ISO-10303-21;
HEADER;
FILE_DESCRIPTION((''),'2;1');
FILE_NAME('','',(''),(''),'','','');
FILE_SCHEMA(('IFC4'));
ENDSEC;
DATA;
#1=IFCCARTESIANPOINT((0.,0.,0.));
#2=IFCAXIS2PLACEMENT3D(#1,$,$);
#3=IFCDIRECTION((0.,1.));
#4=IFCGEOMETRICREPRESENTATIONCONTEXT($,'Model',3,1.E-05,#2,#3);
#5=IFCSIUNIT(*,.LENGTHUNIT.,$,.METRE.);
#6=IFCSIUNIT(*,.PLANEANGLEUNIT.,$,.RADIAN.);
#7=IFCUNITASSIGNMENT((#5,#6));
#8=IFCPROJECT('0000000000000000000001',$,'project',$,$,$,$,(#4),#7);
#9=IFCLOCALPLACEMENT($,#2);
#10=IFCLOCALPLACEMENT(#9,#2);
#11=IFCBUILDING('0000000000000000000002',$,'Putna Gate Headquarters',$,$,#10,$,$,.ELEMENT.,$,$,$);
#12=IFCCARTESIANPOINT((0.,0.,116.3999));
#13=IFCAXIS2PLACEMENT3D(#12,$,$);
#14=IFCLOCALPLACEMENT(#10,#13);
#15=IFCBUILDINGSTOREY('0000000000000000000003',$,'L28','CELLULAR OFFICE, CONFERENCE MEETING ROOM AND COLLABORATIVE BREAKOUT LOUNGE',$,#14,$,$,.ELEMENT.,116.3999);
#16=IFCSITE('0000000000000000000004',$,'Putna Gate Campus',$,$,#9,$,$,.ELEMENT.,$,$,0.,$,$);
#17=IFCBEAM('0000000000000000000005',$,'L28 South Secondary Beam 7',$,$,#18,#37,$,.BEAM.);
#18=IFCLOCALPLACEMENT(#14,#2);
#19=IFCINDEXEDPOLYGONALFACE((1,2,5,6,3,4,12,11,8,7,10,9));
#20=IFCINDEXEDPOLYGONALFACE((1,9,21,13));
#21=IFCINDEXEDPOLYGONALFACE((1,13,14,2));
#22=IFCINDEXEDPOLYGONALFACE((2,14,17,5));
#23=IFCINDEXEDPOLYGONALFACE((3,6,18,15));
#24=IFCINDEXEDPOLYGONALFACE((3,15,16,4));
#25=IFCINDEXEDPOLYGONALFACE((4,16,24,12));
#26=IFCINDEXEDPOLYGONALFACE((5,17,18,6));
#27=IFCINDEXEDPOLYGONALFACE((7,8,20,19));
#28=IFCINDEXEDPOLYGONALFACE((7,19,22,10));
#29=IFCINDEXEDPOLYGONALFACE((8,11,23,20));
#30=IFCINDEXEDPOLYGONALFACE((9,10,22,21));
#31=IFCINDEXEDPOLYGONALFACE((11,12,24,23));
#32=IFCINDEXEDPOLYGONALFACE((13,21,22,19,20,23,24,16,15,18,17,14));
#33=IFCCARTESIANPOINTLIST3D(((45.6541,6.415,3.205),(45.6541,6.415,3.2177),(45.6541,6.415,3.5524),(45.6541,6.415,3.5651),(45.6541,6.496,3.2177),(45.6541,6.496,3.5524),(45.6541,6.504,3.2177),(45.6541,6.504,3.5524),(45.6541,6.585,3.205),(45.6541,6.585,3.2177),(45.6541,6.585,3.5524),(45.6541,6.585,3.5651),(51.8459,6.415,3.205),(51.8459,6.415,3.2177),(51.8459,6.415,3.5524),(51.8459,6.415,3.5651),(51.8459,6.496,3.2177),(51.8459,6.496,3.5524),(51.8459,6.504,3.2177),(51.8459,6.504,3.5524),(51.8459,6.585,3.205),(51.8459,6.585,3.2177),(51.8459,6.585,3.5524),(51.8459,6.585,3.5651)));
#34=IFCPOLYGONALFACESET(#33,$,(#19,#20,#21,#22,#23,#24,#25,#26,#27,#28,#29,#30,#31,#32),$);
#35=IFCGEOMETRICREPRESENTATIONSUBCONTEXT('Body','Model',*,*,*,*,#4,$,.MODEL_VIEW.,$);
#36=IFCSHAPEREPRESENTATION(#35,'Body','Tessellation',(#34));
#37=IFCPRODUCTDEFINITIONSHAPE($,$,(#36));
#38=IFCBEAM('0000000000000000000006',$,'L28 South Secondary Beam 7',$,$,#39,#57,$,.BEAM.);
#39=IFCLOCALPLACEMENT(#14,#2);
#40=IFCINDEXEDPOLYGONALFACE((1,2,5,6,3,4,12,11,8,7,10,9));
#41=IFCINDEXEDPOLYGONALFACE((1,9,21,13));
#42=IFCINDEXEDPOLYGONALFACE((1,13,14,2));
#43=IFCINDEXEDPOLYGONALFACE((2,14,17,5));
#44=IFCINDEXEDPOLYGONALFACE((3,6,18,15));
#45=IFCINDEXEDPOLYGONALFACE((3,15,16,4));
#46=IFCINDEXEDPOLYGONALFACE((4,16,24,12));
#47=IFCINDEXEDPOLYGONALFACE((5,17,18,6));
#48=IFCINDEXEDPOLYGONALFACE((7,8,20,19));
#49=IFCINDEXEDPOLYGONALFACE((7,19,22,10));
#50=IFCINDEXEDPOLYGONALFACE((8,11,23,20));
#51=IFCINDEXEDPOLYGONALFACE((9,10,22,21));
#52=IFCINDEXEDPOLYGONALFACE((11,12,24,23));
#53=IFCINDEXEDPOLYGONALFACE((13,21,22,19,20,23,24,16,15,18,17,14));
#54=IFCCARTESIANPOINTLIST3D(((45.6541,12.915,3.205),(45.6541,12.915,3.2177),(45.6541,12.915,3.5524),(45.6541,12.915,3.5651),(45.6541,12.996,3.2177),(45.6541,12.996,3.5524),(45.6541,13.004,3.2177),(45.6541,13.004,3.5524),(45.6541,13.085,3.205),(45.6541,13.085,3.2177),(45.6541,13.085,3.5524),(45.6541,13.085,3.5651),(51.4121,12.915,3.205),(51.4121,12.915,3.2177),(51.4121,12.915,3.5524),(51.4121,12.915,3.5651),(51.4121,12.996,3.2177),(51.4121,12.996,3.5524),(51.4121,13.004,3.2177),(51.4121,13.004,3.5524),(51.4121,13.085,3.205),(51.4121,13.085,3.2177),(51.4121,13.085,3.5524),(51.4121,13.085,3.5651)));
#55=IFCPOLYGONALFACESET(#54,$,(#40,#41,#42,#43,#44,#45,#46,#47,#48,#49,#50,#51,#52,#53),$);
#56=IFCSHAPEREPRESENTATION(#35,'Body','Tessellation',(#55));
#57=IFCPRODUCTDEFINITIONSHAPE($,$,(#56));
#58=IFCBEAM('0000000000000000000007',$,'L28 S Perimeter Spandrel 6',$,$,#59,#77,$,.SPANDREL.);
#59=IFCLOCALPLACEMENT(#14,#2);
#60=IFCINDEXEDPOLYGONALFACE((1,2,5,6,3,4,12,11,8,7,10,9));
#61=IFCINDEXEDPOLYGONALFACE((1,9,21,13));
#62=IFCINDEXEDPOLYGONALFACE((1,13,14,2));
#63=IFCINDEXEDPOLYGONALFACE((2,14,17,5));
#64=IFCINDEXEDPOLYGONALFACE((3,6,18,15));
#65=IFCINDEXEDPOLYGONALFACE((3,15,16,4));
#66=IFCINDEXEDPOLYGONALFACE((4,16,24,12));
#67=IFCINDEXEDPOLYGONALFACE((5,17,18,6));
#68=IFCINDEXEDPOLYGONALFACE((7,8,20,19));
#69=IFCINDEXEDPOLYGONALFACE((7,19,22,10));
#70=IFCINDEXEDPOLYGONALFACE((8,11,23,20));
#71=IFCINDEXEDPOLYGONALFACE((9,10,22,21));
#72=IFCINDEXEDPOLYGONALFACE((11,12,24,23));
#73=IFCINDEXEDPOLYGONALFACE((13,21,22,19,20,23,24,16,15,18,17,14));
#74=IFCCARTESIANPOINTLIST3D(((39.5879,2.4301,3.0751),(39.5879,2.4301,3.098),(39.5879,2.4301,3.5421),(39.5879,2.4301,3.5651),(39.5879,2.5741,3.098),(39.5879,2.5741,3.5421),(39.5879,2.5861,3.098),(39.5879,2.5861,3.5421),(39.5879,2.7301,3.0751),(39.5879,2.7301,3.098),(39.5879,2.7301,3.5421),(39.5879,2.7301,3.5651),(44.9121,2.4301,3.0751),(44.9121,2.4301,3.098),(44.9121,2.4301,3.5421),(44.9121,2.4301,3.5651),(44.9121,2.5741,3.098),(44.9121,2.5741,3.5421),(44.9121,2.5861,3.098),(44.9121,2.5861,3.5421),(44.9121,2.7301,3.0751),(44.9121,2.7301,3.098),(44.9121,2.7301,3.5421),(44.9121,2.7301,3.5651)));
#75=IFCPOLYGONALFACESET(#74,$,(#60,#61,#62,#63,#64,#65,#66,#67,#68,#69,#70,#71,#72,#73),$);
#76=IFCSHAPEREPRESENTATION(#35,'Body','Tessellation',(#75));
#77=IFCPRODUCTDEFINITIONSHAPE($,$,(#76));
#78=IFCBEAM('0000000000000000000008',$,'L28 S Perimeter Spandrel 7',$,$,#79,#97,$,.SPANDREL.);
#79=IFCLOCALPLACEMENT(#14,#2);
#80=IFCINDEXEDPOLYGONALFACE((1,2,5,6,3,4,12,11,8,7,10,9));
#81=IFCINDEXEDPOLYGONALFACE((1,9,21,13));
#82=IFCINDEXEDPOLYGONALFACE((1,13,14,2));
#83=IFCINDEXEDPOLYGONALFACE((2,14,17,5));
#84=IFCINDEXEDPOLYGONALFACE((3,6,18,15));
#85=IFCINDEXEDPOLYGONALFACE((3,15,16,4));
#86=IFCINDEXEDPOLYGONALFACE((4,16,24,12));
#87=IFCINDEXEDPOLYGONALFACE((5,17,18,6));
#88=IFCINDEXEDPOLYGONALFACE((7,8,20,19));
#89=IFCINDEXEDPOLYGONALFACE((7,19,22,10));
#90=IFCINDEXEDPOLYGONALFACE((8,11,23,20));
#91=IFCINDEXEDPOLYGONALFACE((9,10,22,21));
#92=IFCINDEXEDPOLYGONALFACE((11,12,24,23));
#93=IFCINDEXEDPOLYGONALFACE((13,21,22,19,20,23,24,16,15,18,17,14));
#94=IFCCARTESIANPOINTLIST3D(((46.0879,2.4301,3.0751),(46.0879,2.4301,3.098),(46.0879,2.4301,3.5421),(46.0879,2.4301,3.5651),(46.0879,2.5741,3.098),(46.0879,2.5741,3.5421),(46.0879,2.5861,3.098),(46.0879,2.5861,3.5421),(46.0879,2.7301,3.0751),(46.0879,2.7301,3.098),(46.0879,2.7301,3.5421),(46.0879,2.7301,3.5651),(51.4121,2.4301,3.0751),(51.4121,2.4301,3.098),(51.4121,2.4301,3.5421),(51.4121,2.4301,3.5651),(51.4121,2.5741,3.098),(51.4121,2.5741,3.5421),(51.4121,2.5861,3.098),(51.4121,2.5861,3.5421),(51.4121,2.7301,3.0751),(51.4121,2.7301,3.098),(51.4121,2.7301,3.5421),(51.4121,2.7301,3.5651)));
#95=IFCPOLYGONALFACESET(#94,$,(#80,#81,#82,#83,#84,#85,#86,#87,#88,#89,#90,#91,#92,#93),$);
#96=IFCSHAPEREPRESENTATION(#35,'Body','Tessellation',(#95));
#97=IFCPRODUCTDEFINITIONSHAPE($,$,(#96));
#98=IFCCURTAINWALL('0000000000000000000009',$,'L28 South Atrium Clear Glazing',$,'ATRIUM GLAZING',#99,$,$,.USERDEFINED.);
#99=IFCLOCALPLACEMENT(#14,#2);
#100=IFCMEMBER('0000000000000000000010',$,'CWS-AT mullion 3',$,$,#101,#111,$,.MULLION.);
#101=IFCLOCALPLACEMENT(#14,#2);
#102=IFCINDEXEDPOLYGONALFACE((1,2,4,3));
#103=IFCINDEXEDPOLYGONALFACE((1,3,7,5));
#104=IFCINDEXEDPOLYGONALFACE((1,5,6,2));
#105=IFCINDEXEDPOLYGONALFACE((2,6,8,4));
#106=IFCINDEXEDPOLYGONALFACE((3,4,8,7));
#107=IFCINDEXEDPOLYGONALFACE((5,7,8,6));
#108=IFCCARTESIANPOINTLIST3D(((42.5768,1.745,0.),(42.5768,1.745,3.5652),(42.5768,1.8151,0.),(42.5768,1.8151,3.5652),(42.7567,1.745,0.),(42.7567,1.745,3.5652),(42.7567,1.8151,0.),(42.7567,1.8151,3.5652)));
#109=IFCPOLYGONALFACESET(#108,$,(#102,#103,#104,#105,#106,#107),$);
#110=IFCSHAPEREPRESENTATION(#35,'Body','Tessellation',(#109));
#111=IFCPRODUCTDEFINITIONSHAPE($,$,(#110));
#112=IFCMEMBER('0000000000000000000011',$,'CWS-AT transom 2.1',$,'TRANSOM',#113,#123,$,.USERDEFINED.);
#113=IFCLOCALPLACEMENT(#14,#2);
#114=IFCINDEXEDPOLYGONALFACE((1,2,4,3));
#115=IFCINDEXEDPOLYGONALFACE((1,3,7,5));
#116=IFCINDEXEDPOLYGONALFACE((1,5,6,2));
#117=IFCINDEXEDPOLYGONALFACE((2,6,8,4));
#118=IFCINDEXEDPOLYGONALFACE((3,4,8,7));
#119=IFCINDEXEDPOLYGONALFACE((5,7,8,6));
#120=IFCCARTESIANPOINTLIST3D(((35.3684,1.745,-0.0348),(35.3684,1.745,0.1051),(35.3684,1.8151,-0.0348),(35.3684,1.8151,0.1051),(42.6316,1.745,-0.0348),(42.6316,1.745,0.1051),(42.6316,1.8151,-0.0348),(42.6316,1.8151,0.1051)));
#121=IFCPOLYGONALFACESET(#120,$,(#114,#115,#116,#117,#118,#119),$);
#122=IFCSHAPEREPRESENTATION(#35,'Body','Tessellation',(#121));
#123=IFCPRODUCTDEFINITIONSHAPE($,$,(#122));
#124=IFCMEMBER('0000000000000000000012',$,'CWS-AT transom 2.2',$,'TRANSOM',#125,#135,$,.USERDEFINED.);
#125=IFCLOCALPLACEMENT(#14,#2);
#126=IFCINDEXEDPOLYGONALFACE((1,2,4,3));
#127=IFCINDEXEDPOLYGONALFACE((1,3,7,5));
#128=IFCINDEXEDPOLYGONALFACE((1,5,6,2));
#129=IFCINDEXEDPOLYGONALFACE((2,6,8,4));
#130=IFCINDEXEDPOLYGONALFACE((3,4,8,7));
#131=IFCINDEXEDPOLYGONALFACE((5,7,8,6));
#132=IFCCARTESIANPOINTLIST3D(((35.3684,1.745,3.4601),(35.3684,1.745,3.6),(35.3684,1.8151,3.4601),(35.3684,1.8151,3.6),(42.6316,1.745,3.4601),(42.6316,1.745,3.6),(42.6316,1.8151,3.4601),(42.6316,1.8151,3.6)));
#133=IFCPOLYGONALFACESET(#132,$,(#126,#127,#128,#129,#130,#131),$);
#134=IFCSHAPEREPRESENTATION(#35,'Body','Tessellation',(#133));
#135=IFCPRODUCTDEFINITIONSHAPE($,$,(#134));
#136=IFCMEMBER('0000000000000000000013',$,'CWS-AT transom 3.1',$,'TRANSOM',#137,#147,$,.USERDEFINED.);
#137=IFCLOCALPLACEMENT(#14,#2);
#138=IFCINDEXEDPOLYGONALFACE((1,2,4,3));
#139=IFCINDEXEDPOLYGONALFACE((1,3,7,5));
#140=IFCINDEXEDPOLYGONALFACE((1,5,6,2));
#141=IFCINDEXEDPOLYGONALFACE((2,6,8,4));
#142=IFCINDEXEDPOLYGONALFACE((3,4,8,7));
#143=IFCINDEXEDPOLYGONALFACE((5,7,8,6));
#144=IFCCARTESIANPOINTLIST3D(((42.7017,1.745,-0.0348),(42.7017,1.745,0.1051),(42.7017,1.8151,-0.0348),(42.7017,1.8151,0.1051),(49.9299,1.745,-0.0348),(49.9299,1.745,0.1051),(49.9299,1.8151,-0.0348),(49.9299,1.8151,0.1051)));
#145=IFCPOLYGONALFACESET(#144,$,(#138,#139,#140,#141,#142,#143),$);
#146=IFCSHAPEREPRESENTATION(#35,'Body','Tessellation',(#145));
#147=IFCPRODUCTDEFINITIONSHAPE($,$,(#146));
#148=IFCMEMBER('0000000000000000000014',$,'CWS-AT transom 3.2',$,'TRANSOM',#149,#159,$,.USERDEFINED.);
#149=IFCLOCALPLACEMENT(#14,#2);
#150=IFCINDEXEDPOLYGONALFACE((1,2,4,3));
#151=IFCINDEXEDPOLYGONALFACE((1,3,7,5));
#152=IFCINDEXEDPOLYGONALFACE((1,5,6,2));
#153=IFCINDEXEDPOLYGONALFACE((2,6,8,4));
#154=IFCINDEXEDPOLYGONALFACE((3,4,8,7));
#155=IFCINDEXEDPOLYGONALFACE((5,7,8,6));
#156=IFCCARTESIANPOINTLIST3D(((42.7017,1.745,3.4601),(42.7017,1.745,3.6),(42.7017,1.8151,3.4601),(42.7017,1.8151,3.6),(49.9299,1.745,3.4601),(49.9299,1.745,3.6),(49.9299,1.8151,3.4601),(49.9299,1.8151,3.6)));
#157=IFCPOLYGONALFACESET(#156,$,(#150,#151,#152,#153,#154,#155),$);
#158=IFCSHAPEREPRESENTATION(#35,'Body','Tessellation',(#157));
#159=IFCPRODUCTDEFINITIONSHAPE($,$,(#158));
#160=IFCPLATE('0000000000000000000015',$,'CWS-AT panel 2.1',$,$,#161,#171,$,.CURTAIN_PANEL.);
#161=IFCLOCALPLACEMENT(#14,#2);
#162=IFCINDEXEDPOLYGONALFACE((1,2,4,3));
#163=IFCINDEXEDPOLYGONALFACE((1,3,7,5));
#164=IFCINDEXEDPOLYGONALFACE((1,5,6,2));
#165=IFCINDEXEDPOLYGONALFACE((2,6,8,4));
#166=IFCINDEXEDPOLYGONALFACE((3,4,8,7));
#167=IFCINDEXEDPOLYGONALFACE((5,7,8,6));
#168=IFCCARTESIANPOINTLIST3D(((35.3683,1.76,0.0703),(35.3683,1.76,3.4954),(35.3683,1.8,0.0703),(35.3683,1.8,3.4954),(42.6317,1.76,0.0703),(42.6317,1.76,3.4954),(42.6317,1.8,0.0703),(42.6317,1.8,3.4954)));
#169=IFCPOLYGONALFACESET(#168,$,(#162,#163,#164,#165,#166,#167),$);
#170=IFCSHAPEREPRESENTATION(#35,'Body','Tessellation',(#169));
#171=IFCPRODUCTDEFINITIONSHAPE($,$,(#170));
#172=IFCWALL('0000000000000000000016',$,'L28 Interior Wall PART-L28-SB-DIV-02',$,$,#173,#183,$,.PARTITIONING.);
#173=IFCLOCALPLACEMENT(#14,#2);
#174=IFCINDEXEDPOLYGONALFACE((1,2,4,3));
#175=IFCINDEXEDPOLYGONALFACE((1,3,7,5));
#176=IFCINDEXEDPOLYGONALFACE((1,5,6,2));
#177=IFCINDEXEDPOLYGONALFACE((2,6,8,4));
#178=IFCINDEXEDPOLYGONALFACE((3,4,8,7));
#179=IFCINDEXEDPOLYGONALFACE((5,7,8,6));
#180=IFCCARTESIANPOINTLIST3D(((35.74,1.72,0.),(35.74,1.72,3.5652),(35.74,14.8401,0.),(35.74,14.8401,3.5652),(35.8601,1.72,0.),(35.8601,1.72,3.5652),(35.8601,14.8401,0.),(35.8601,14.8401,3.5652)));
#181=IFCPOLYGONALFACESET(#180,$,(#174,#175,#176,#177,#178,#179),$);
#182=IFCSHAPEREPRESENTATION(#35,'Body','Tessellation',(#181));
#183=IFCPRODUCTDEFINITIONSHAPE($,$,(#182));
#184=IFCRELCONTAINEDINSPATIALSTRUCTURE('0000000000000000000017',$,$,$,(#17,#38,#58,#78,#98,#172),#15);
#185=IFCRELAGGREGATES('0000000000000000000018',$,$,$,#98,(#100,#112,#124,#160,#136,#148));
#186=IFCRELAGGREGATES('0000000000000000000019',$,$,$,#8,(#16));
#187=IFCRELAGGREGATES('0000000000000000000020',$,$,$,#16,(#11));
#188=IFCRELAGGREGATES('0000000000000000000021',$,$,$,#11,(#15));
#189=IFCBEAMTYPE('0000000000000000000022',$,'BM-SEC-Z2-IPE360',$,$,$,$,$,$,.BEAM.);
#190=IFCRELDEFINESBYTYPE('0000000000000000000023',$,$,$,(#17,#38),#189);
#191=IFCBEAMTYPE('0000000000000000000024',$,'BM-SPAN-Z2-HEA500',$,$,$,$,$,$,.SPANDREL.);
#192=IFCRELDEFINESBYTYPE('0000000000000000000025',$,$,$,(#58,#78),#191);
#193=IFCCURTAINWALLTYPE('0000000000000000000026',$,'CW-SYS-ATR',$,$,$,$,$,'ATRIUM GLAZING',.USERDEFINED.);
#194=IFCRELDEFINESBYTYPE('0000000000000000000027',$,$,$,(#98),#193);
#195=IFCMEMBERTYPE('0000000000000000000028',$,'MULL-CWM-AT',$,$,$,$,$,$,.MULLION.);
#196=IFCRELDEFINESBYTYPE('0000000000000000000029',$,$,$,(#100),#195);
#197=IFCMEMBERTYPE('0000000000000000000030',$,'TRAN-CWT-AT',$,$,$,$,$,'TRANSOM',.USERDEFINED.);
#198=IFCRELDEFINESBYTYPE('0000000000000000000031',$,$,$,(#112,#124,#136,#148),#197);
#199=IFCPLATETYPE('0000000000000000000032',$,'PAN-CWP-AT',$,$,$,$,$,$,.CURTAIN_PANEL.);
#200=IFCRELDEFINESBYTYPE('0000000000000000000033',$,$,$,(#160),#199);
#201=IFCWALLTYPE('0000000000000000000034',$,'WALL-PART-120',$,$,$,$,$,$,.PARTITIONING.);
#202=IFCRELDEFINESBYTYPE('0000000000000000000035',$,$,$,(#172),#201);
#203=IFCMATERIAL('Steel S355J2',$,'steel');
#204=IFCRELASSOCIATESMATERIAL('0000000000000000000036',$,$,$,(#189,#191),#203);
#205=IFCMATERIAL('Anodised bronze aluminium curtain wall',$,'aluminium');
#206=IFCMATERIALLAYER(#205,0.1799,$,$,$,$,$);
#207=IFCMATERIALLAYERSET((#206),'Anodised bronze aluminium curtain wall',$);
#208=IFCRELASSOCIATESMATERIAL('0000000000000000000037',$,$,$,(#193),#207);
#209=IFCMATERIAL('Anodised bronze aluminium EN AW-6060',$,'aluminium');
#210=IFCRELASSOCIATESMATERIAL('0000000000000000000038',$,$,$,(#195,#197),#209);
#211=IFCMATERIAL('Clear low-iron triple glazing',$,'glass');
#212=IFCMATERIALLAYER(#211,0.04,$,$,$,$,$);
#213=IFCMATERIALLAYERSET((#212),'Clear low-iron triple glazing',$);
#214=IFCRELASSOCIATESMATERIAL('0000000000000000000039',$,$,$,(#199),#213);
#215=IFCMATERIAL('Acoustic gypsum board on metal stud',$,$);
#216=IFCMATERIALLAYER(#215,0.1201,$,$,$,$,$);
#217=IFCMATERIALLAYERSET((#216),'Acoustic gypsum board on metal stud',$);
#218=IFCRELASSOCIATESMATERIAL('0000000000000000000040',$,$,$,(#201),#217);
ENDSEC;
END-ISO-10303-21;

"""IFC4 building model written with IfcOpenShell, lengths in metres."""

from ifc_helpers import new_model, si_unit, direction, frame, frame_2d, origin, origin_2d, place, context, subcontext, project, spatial, rectangle, i_section, extrude, material, layer, layer_set, material_profile, profile_set, type_object, element, aggregate, save


model = new_model("IFC4")

# Units and contexts
model_context = context("Model", 3, precision=1e-05, world=origin(), true_north=direction((0.0, 1.0)))
body_context = subcontext(model_context, "Body", "Model", "MODEL_VIEW")
ifc_project = project(units=[si_unit("LENGTHUNIT", "METRE"), si_unit("PLANEANGLEUNIT", "RADIAN")], contexts=[model_context])

# Site, building, storey
site_placement = place(None, origin())
site = spatial("IfcSite", under=ifc_project, at=site_placement, Name="Putna Gate Campus", CompositionType="ELEMENT", RefElevation=0.0)
building_placement = place(site_placement, origin())
building = spatial("IfcBuilding", under=site, at=building_placement, Name="Putna Gate Headquarters", CompositionType="ELEMENT")
storey_placement = place(building_placement, frame((0.0, 0.0, 116.3999)))
storey = spatial("IfcBuildingStorey", under=building, at=storey_placement, Name="L28", Description="CELLULAR OFFICE, CONFERENCE MEETING ROOM AND COLLABORATIVE BREAKOUT LOUNGE", CompositionType="ELEMENT", Elevation=116.3999)

# Beams
ifc_material_1 = material(Name="Steel S355J2", Category="steel")
ifc_material_profile_1 = material_profile(ifc_material_1, i_section(OverallWidth=0.1699, OverallDepth=0.3601, WebThickness=0.0081, FlangeThickness=0.0127, at=origin_2d()), Name="Steel S355J2")
ifc_profile_set_1 = profile_set([ifc_material_profile_1], Name="Steel S355J2")
beam_type_1 = type_object("IfcBeamType", Name="BM-SEC-Z2-IPE360", PredefinedType="BEAM", material=ifc_profile_set_1)
for number, where, z_axis, x_axis, name in (
    (1, (45.6541, 6.5, 3.385), (1.0, 0.0, 0.0), (0.0, 1.0, 0.0), "L28 South Secondary Beam 7"),
):
    element("IfcBeam", number, at=place(storey_placement, frame(where, z_axis=z_axis, x_axis=x_axis)), inside=storey, type_object=beam_type_1, Name=name, PredefinedType="BEAM", context=body_context, shape_type="SweptSolid", body=[
        extrude(i_section(OverallWidth=0.1699, OverallDepth=0.3601, WebThickness=0.0081, FlangeThickness=0.0127, at=origin_2d()), origin(), (0.0, 0.0, 1.0), 6.1919),
    ])
beam_1_placement = place(storey_placement, frame((45.6541, 13.0, 3.385), z_axis=(1.0, 0.0, 0.0), x_axis=(0.0, 1.0, 0.0)))
element("IfcBeam", 2, at=beam_1_placement, inside=storey, type_object=beam_type_1, Name="L28 South Secondary Beam 7", PredefinedType="BEAM", context=body_context, shape_type="SweptSolid", body=[
    extrude(i_section(OverallWidth=0.1699, OverallDepth=0.3601, WebThickness=0.0081, FlangeThickness=0.0127, at=origin_2d()), origin(), (0.0, 0.0, 1.0), 5.7581),
])
ifc_material_profile_2 = material_profile(ifc_material_1, i_section(OverallWidth=0.3, OverallDepth=0.49, WebThickness=0.012, FlangeThickness=0.0229, at=origin_2d()), Name="Steel S355J2")
ifc_profile_set_2 = profile_set([ifc_material_profile_2], Name="Steel S355J2")
beam_type_2 = type_object("IfcBeamType", Name="BM-SPAN-Z2-HEA500", PredefinedType="SPANDREL", material=ifc_profile_set_2)
for number, where, z_axis, x_axis, name in (
    (3, (39.5879, 2.5801, 3.3201), (1.0, 0.0, 0.0), (0.0, 1.0, 0.0), "L28 S Perimeter Spandrel 6"),
    (4, (46.0879, 2.5801, 3.3201), (1.0, 0.0, 0.0), (0.0, 1.0, 0.0), "L28 S Perimeter Spandrel 7"),
):
    element("IfcBeam", number, at=place(storey_placement, frame(where, z_axis=z_axis, x_axis=x_axis)), inside=storey, type_object=beam_type_2, Name=name, PredefinedType="SPANDREL", context=body_context, shape_type="SweptSolid", body=[
        extrude(i_section(OverallWidth=0.3, OverallDepth=0.49, WebThickness=0.012, FlangeThickness=0.0229, at=origin_2d()), origin(), (0.0, 0.0, 1.0), 5.3242),
    ])

# Curtain wall, members, plate
ifc_material_2 = material(Name="Anodised bronze aluminium curtain wall", Category="aluminium")
ifc_layer_1 = layer(ifc_material_2, 0.1799)
ifc_layer_set_1 = layer_set([ifc_layer_1], Name="Anodised bronze aluminium curtain wall")
curtain_wall_type = type_object("IfcCurtainWallType", Name="CW-SYS-ATR", ElementType="ATRIUM GLAZING", PredefinedType="USERDEFINED", material=ifc_layer_set_1)
curtain_wall_placement = place(storey_placement, origin())
curtain_wall = element("IfcCurtainWall", 5, at=curtain_wall_placement, inside=storey, type_object=curtain_wall_type, Name="L28 South Atrium Clear Glazing", ObjectType="ATRIUM GLAZING", PredefinedType="USERDEFINED")
ifc_material_3 = material(Name="Anodised bronze aluminium EN AW-6060", Category="aluminium")
ifc_material_profile_3 = material_profile(ifc_material_3, rectangle(XDim=0.0701, YDim=0.1799, at=origin_2d()), Name="Anodised bronze aluminium EN AW-6060")
ifc_profile_set_3 = profile_set([ifc_material_profile_3], Name="Anodised bronze aluminium EN AW-6060")
member_type_1 = type_object("IfcMemberType", Name="MULL-CWM-AT", PredefinedType="MULLION", material=ifc_profile_set_3)
member_1_placement = place(storey_placement, frame((42.6667, 1.78, 0.0), z_axis=(0.0, 0.0, 1.0), x_axis=(0.0, 1.0, 0.0)))
member_1 = element("IfcMember", 6, at=member_1_placement, type_object=member_type_1, Name="CWS-AT mullion 3", PredefinedType="MULLION", context=body_context, shape_type="SweptSolid", body=[
    extrude(rectangle(XDim=0.0701, YDim=0.1799, at=origin_2d()), origin(), (0.0, 0.0, 1.0), 3.5652),
])
ifc_material_profile_4 = material_profile(ifc_material_3, rectangle(XDim=0.0701, YDim=0.1399, at=origin_2d()), Name="Anodised bronze aluminium EN AW-6060")
ifc_profile_set_4 = profile_set([ifc_material_profile_4], Name="Anodised bronze aluminium EN AW-6060")
member_type_2 = type_object("IfcMemberType", Name="TRAN-CWT-AT", ElementType="TRANSOM", PredefinedType="USERDEFINED", material=ifc_profile_set_4)
member_2_placement = place(storey_placement, frame((35.3684, 1.78, 0.0352), z_axis=(1.0, 0.0, 0.0), x_axis=(0.0, 1.0, 0.0)))
member_2 = element("IfcMember", 7, at=member_2_placement, type_object=member_type_2, Name="CWS-AT transom 2.1", ObjectType="TRANSOM", PredefinedType="USERDEFINED", context=body_context, shape_type="SweptSolid", body=[
    extrude(rectangle(XDim=0.0701, YDim=0.1399, at=origin_2d()), origin(), (0.0, 0.0, 1.0), 7.2632),
])
member_3_placement = place(storey_placement, frame((35.3684, 1.78, 3.53), z_axis=(1.0, 0.0, 0.0), x_axis=(0.0, 1.0, 0.0)))
member_3 = element("IfcMember", 8, at=member_3_placement, type_object=member_type_2, Name="CWS-AT transom 2.2", ObjectType="TRANSOM", PredefinedType="USERDEFINED", context=body_context, shape_type="SweptSolid", body=[
    extrude(rectangle(XDim=0.0701, YDim=0.1399, at=origin_2d()), origin(), (0.0, 0.0, 1.0), 7.2632),
])
member_4_placement = place(storey_placement, frame((42.7017, 1.78, 0.0352), z_axis=(1.0, 0.0, 0.0), x_axis=(0.0, 1.0, 0.0)))
member_4 = element("IfcMember", 9, at=member_4_placement, type_object=member_type_2, Name="CWS-AT transom 3.1", ObjectType="TRANSOM", PredefinedType="USERDEFINED", context=body_context, shape_type="SweptSolid", body=[
    extrude(rectangle(XDim=0.0701, YDim=0.1399, at=origin_2d()), origin(), (0.0, 0.0, 1.0), 7.2283),
])
member_5_placement = place(storey_placement, frame((42.7017, 1.78, 3.53), z_axis=(1.0, 0.0, 0.0), x_axis=(0.0, 1.0, 0.0)))
member_5 = element("IfcMember", 10, at=member_5_placement, type_object=member_type_2, Name="CWS-AT transom 3.2", ObjectType="TRANSOM", PredefinedType="USERDEFINED", context=body_context, shape_type="SweptSolid", body=[
    extrude(rectangle(XDim=0.0701, YDim=0.1399, at=origin_2d()), origin(), (0.0, 0.0, 1.0), 7.2283),
])
ifc_material_4 = material(Name="Clear low-iron triple glazing", Category="glass")
ifc_layer_2 = layer(ifc_material_4, 0.04)
ifc_layer_set_2 = layer_set([ifc_layer_2], Name="Clear low-iron triple glazing")
plate_type = type_object("IfcPlateType", Name="PAN-CWP-AT", PredefinedType="CURTAIN_PANEL", material=ifc_layer_set_2)
plate_placement = place(storey_placement, frame((39.0, 1.78, 0.0703), z_axis=(0.0, 0.0, 1.0), x_axis=(1.0, 0.0, 0.0)))
plate = element("IfcPlate", 11, at=plate_placement, type_object=plate_type, Name="CWS-AT panel 2.1", PredefinedType="CURTAIN_PANEL", context=body_context, shape_type="SweptSolid", body=[
    extrude(rectangle(XDim=7.2634, YDim=0.04, at=origin_2d()), origin(), (0.0, 0.0, 1.0), 3.425),
])
aggregate(curtain_wall, [member_1, member_2, member_3, plate, member_4, member_5])

# Wall
ifc_material_5 = material(Name="Acoustic gypsum board on metal stud")
ifc_layer_3 = layer(ifc_material_5, 0.1201)
ifc_layer_set_3 = layer_set([ifc_layer_3], Name="Acoustic gypsum board on metal stud")
wall_type_1 = type_object("IfcWallType", Name="WALL-PART-120", PredefinedType="PARTITIONING", material=ifc_layer_set_3)
for number, where, z_axis, x_axis, name in (
    (12, (35.8, 1.72, 0.0), (0.0, 0.0, 1.0), (0.0, 1.0, 0.0), "L28 Interior Wall PART-L28-SB-DIV-02"),
):
    element("IfcWall", number, at=place(storey_placement, frame(where, z_axis=z_axis, x_axis=x_axis)), inside=storey, type_object=wall_type_1, Name=name, PredefinedType="PARTITIONING", context=body_context, shape_type="SweptSolid", body=[
        extrude(rectangle(XDim=13.1201, YDim=0.1201, at=frame_2d((6.5601, 0.0))), origin(), (0.0, 0.0, 1.0), 3.5652),
    ])

save(model, "model.ifc")
